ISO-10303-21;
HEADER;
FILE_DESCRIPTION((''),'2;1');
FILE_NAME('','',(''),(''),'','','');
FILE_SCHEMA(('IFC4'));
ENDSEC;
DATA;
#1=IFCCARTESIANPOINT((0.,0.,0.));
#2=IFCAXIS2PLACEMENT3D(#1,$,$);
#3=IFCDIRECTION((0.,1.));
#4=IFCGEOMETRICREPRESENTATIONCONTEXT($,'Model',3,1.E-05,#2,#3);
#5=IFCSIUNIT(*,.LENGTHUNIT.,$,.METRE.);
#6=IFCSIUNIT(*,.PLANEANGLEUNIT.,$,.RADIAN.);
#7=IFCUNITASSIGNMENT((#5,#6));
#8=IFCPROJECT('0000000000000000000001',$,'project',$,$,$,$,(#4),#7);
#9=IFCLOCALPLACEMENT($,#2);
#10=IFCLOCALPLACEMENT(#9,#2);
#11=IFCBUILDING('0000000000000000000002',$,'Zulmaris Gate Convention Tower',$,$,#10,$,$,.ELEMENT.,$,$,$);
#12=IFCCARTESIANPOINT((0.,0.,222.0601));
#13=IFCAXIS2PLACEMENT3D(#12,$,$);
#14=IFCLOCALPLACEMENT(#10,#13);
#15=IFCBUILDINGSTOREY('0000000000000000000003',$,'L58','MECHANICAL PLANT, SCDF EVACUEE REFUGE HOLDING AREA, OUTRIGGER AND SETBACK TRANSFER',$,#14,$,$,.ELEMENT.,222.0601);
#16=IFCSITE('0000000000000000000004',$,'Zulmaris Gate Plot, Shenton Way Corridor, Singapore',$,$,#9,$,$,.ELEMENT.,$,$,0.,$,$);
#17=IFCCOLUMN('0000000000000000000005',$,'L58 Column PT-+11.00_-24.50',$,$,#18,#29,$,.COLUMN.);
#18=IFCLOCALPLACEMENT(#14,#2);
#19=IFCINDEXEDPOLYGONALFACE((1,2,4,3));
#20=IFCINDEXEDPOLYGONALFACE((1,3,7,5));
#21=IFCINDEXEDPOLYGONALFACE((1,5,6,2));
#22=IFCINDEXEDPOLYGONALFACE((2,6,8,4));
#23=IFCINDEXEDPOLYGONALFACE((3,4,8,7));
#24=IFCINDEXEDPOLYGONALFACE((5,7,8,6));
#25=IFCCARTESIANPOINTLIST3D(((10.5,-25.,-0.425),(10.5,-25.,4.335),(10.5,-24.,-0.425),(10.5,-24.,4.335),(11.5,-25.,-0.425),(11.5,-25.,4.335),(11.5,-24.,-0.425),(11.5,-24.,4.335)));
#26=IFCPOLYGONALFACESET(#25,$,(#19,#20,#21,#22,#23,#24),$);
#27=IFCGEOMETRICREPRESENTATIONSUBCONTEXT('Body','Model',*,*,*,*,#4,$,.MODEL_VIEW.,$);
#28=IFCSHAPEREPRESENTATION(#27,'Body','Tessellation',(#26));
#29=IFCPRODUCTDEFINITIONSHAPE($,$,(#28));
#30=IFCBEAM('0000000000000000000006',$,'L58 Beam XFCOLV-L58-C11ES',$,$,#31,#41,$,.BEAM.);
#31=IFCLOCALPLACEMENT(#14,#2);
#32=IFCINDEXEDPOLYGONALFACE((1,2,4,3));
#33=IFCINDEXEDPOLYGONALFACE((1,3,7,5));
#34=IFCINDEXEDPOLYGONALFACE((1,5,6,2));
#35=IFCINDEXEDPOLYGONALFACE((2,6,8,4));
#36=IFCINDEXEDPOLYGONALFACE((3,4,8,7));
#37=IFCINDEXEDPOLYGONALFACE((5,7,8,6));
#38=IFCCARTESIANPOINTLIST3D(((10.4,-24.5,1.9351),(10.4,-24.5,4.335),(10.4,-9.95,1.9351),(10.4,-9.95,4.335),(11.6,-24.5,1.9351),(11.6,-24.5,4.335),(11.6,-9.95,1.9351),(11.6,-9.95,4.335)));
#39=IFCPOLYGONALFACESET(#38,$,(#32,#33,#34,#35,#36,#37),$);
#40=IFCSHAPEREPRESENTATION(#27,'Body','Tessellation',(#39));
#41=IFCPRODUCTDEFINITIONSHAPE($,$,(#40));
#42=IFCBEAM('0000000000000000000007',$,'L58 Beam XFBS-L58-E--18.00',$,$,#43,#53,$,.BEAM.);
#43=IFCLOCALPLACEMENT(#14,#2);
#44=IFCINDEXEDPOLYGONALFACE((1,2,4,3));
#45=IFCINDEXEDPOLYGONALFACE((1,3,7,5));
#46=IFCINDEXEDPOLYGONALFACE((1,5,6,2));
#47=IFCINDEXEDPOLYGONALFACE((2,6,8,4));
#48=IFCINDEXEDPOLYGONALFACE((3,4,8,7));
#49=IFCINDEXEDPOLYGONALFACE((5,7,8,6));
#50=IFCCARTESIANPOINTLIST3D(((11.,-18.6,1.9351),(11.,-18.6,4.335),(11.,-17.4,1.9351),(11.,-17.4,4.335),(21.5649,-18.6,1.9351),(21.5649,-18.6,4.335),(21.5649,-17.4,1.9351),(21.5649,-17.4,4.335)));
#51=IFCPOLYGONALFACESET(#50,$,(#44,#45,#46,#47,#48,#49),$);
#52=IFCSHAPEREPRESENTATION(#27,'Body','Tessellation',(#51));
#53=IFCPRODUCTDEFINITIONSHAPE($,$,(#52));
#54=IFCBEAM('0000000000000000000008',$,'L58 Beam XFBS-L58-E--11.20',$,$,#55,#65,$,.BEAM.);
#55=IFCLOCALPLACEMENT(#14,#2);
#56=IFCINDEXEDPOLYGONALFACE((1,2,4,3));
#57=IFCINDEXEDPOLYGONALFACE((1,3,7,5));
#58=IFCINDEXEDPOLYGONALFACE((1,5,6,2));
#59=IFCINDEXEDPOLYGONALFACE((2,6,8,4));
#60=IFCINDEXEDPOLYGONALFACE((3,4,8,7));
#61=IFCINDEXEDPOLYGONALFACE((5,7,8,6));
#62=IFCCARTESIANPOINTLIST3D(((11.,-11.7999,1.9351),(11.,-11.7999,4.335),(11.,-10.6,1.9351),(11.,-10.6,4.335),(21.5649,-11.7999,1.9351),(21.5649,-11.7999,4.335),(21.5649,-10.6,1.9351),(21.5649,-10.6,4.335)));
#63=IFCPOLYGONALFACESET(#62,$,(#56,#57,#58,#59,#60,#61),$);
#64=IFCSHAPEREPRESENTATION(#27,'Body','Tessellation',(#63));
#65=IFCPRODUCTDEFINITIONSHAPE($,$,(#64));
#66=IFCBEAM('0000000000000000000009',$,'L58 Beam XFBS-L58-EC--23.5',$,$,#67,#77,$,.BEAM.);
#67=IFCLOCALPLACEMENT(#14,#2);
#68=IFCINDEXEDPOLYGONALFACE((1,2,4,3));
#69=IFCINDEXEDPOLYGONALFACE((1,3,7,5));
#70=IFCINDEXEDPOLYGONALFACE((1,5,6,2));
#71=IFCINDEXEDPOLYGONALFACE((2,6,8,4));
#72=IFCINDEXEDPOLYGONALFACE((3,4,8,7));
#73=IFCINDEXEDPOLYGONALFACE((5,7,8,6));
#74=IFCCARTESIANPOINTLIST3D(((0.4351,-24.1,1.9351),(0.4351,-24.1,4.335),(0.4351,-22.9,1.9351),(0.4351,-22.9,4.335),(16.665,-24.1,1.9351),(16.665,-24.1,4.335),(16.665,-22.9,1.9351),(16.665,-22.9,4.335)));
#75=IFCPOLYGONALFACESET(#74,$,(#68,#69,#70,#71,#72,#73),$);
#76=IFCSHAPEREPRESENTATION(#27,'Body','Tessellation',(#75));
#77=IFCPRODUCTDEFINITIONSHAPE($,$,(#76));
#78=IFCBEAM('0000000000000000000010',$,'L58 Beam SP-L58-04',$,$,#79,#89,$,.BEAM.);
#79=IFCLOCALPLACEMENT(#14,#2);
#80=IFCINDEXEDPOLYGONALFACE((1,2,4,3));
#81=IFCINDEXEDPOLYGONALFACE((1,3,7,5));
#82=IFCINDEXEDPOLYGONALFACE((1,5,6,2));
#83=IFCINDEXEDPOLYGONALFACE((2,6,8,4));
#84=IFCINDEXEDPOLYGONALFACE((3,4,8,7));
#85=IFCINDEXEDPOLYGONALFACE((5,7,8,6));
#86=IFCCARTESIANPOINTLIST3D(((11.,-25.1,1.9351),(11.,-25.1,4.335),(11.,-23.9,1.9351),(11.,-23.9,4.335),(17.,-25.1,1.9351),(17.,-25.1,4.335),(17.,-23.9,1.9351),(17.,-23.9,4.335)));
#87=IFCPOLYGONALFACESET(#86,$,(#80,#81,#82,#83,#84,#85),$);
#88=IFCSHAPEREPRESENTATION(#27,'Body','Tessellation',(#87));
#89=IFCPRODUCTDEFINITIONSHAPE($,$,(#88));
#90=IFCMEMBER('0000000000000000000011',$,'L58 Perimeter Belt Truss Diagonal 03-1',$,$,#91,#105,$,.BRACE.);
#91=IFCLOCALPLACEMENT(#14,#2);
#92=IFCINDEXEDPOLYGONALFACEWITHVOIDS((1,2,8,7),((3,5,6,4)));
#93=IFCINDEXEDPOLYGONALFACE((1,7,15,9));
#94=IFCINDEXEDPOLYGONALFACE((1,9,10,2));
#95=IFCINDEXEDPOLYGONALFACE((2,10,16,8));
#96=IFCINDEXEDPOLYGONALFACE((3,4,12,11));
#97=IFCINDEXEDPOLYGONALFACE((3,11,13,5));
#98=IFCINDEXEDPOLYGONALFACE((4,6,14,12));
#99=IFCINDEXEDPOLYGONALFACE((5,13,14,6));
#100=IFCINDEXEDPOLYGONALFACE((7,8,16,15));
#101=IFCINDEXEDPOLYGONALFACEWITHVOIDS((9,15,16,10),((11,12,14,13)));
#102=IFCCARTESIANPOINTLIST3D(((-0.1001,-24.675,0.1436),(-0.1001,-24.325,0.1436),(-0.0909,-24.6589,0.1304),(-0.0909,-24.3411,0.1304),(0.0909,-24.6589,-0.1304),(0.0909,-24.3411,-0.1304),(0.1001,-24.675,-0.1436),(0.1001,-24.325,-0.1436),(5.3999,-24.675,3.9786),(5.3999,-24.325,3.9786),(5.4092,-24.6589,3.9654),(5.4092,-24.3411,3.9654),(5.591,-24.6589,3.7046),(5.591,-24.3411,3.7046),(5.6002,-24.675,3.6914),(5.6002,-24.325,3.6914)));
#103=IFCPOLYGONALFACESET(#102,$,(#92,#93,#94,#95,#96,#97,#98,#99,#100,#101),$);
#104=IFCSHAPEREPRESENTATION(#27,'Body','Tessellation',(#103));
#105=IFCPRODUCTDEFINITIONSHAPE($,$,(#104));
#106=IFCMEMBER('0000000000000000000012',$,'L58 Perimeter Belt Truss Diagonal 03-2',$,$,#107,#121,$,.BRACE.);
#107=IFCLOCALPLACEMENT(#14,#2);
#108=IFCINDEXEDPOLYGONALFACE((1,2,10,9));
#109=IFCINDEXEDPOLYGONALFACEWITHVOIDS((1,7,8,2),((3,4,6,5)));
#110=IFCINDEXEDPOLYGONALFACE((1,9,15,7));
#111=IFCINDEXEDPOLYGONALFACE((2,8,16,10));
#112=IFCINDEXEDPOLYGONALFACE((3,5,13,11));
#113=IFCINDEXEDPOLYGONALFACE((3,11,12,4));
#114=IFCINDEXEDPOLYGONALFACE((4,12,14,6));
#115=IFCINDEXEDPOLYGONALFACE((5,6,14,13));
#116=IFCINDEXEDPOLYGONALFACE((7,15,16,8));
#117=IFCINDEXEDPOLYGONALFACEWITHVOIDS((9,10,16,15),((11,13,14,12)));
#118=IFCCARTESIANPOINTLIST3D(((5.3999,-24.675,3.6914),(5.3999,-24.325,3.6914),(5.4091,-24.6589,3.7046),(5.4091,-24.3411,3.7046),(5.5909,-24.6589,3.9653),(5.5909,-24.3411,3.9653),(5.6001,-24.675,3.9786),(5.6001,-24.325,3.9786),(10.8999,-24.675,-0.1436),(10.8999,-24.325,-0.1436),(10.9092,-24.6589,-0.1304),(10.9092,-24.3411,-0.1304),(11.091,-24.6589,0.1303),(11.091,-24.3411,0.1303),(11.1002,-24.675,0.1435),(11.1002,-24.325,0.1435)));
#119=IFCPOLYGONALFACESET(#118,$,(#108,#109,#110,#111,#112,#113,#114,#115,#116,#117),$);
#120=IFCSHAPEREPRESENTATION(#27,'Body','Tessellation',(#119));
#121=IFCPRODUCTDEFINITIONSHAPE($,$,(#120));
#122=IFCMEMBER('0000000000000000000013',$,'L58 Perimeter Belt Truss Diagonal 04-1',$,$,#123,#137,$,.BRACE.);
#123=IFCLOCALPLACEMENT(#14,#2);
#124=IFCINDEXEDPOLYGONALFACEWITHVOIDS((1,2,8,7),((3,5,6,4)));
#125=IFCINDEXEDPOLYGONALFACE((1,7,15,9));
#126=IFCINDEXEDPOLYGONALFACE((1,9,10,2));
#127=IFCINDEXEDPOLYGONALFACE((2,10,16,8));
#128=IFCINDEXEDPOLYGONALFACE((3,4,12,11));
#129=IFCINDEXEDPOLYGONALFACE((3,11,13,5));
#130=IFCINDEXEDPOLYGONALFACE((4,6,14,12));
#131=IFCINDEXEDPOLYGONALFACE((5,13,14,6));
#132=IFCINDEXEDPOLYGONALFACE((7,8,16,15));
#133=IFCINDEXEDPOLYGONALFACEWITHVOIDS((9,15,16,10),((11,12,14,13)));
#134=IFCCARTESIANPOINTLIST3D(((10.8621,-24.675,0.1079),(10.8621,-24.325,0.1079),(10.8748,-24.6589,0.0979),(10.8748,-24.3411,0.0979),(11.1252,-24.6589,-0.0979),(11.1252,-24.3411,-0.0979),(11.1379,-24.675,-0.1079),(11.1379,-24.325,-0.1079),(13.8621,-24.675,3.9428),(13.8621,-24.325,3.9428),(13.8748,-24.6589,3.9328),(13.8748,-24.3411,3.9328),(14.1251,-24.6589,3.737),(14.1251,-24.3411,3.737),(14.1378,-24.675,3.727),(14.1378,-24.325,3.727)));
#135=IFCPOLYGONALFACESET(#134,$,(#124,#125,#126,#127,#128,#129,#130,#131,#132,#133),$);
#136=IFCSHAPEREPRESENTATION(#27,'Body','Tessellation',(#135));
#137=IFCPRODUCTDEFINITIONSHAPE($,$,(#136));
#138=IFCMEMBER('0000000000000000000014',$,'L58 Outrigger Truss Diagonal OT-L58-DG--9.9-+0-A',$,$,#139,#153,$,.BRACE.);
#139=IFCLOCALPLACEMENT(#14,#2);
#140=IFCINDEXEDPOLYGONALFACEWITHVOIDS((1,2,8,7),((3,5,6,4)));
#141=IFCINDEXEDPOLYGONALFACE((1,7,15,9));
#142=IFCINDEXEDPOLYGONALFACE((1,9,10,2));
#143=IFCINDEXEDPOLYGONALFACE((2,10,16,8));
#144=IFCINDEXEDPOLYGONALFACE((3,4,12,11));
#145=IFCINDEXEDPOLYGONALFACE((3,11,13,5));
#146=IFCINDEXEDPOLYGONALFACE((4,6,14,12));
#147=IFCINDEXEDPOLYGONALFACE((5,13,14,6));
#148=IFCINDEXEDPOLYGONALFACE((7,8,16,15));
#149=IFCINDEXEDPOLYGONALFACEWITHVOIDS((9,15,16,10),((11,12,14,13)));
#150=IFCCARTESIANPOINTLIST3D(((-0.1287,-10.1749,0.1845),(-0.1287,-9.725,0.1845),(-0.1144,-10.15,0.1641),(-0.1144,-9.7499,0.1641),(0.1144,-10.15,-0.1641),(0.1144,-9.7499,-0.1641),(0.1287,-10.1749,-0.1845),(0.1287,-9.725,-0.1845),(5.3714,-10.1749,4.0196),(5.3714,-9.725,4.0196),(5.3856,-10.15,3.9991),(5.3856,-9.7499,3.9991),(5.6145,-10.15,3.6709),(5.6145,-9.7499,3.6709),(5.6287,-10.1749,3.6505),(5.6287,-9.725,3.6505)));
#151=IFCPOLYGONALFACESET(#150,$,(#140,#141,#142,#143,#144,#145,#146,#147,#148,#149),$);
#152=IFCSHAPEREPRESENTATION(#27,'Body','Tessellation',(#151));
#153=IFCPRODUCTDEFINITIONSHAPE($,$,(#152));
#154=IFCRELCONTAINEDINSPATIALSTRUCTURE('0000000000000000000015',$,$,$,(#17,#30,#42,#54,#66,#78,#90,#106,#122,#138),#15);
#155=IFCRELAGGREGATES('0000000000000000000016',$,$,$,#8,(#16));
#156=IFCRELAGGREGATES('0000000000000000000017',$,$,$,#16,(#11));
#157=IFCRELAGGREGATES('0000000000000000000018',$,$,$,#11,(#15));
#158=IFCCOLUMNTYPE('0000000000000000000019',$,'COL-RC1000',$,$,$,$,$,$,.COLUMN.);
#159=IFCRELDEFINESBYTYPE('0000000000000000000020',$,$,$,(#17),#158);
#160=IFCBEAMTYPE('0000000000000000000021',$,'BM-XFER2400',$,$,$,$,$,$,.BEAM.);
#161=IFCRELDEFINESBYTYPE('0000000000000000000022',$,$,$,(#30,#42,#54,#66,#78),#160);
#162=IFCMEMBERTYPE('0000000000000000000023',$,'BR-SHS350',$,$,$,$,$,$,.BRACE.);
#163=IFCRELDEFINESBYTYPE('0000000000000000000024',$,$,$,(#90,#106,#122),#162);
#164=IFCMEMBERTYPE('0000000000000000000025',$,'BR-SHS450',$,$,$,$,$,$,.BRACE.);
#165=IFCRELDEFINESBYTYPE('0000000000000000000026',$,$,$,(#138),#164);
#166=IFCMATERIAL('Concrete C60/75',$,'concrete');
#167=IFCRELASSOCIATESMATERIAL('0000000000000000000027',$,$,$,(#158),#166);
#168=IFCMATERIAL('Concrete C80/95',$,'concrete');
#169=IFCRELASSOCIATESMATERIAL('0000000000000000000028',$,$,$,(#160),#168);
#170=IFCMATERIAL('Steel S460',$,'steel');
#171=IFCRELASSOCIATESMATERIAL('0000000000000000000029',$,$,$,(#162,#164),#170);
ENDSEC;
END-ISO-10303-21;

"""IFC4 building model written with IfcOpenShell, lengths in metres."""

from ifc_helpers import new_model, si_unit, direction, frame, origin, origin_2d, place, context, subcontext, project, spatial, rectangle, hollow_rectangle, extrude, material, material_profile, profile_set, type_object, element, save


model = new_model("IFC4")

# Units and contexts
model_context = context("Model", 3, precision=1e-05, world=origin(), true_north=direction((0.0, 1.0)))
body_context = subcontext(model_context, "Body", "Model", "MODEL_VIEW")
ifc_project = project(units=[si_unit("LENGTHUNIT", "METRE"), si_unit("PLANEANGLEUNIT", "RADIAN")], contexts=[model_context])

# Site, building, storey
site_placement = place(None, origin())
site = spatial("IfcSite", under=ifc_project, at=site_placement, Name="Zulmaris Gate Plot, Shenton Way Corridor, Singapore", CompositionType="ELEMENT", RefElevation=0.0)
building_placement = place(site_placement, origin())
building = spatial("IfcBuilding", under=site, at=building_placement, Name="Zulmaris Gate Convention Tower", CompositionType="ELEMENT")
storey_placement = place(building_placement, frame((0.0, 0.0, 222.0601)))
storey = spatial("IfcBuildingStorey", under=building, at=storey_placement, Name="L58", Description="MECHANICAL PLANT, SCDF EVACUEE REFUGE HOLDING AREA, OUTRIGGER AND SETBACK TRANSFER", CompositionType="ELEMENT", Elevation=222.0601)

# Column
ifc_material_1 = material(Name="Concrete C60/75", Category="concrete")
ifc_material_profile_1 = material_profile(ifc_material_1, rectangle(XDim=1.0, YDim=1.0, at=origin_2d()), Name="RC COL 1000x1000")
ifc_profile_set_1 = profile_set([ifc_material_profile_1], Name="Concrete C60/75")
column_type = type_object("IfcColumnType", Name="COL-RC1000", PredefinedType="COLUMN", material=ifc_profile_set_1)
column_placement = place(storey_placement, frame((11.0, -24.5, -0.425), z_axis=(0.0, 0.0, 1.0), x_axis=(1.0, 0.0, 0.0)))
element("IfcColumn", 1, at=column_placement, inside=storey, type_object=column_type, Name="L58 Column PT-+11.00_-24.50", PredefinedType="COLUMN", context=body_context, shape_type="SweptSolid", body=[
    extrude(rectangle(XDim=1.0, YDim=1.0, at=origin_2d()), origin(), (0.0, 0.0, 1.0), 4.76),
])

# Beams
ifc_material_2 = material(Name="Concrete C80/95", Category="concrete")
ifc_material_profile_2 = material_profile(ifc_material_2, rectangle(XDim=1.2, YDim=2.3999, at=origin_2d()), Name="RC TRANSFER 1200x2400")
ifc_profile_set_2 = profile_set([ifc_material_profile_2], Name="Concrete C80/95")
beam_type_1 = type_object("IfcBeamType", Name="BM-XFER2400", PredefinedType="BEAM", material=ifc_profile_set_2)
beam_1_placement = place(storey_placement, frame((11.0, -24.5, 3.135), z_axis=(0.0, 1.0, 0.0), x_axis=(-1.0, 0.0, 0.0)))
element("IfcBeam", 2, at=beam_1_placement, inside=storey, type_object=beam_type_1, Name="L58 Beam XFCOLV-L58-C11ES", PredefinedType="BEAM", context=body_context, shape_type="SweptSolid", body=[
    extrude(rectangle(XDim=1.2, YDim=2.3999, at=origin_2d()), origin(), (0.0, 0.0, 1.0), 14.55),
])
for number, where, z_axis, x_axis, name in (
    (3, (11.0, -18.0, 3.135), (1.0, 0.0, 0.0), (0.0, 1.0, 0.0), "L58 Beam XFBS-L58-E--18.00"),
    (4, (11.0, -11.2, 3.135), (1.0, 0.0, 0.0), (0.0, 1.0, 0.0), "L58 Beam XFBS-L58-E--11.20"),
):
    element("IfcBeam", number, at=place(storey_placement, frame(where, z_axis=z_axis, x_axis=x_axis)), inside=storey, type_object=beam_type_1, Name=name, PredefinedType="BEAM", context=body_context, shape_type="SweptSolid", body=[
        extrude(rectangle(XDim=1.2, YDim=2.3999, at=origin_2d()), origin(), (0.0, 0.0, 1.0), 10.5649),
    ])
beam_2_placement = place(storey_placement, frame((0.4351, -23.5, 3.135), z_axis=(1.0, 0.0, 0.0), x_axis=(0.0, 1.0, 0.0)))
element("IfcBeam", 5, at=beam_2_placement, inside=storey, type_object=beam_type_1, Name="L58 Beam XFBS-L58-EC--23.5", PredefinedType="BEAM", context=body_context, shape_type="SweptSolid", body=[
    extrude(rectangle(XDim=1.2, YDim=2.3999, at=origin_2d()), origin(), (0.0, 0.0, 1.0), 16.23),
])
beam_3_placement = place(storey_placement, frame((11.0, -24.5, 3.135), z_axis=(1.0, 0.0, 0.0), x_axis=(0.0, 1.0, 0.0)))
element("IfcBeam", 6, at=beam_3_placement, inside=storey, type_object=beam_type_1, Name="L58 Beam SP-L58-04", PredefinedType="BEAM", context=body_context, shape_type="SweptSolid", body=[
    extrude(rectangle(XDim=1.2, YDim=2.3999, at=origin_2d()), origin(), (0.0, 0.0, 1.0), 6.0),
])

# Members
ifc_material_3 = material(Name="Steel S460", Category="steel")
ifc_material_profile_3 = material_profile(ifc_material_3, hollow_rectangle(XDim=0.3501, YDim=0.3501, WallThickness=0.0161, at=origin_2d()), Name="SHS 350x350x16")
ifc_profile_set_3 = profile_set([ifc_material_profile_3], Name="Steel S460")
member_type_1 = type_object("IfcMemberType", Name="BR-SHS350", PredefinedType="BRACE", material=ifc_profile_set_3)
for number, where, z_axis, x_axis, name in (
    (7, (0.0, -24.5, 0.0), (0.820284, 0.0, 0.571956), (0.0, 1.0, 0.0), "L58 Perimeter Belt Truss Diagonal 03-1"),
    (8, (5.5, -24.5, 3.835), (0.820284, 0.0, -0.571956), (0.0, 1.0, 0.0), "L58 Perimeter Belt Truss Diagonal 03-2"),
):
    element("IfcMember", number, at=place(storey_placement, frame(where, z_axis=z_axis, x_axis=x_axis)), inside=storey, type_object=member_type_1, Name=name, PredefinedType="BRACE", context=body_context, shape_type="SweptSolid", body=[
        extrude(hollow_rectangle(XDim=0.3501, YDim=0.3501, WallThickness=0.0161, at=origin_2d()), origin(), (0.0, 0.0, 1.0), 6.7051),
    ])
member_1_placement = place(storey_placement, frame((11.0, -24.5, 0.0), z_axis=(0.616146, 0.0, 0.787632), x_axis=(0.0, 1.0, 0.0)))
element("IfcMember", 9, at=member_1_placement, inside=storey, type_object=member_type_1, Name="L58 Perimeter Belt Truss Diagonal 04-1", PredefinedType="BRACE", context=body_context, shape_type="SweptSolid", body=[
    extrude(hollow_rectangle(XDim=0.3501, YDim=0.3501, WallThickness=0.0161, at=origin_2d()), origin(), (0.0, 0.0, 1.0), 4.8689),
])
ifc_material_profile_4 = material_profile(ifc_material_3, hollow_rectangle(XDim=0.45, YDim=0.45, WallThickness=0.0249, at=origin_2d()), Name="SHS 450x450x25")
ifc_profile_set_4 = profile_set([ifc_material_profile_4], Name="Steel S460")
member_type_2 = type_object("IfcMemberType", Name="BR-SHS450", PredefinedType="BRACE", material=ifc_profile_set_4)
member_2_placement = place(storey_placement, frame((0.0, -9.95, 0.0), z_axis=(0.820284, 0.0, 0.571956), x_axis=(0.0, 1.0, 0.0)))
element("IfcMember", 10, at=member_2_placement, inside=storey, type_object=member_type_2, Name="L58 Outrigger Truss Diagonal OT-L58-DG--9.9-+0-A", PredefinedType="BRACE", context=body_context, shape_type="SweptSolid", body=[
    extrude(hollow_rectangle(XDim=0.45, YDim=0.45, WallThickness=0.0249, at=origin_2d()), origin(), (0.0, 0.0, 1.0), 6.7051),
])

save(model, "model.ifc")
